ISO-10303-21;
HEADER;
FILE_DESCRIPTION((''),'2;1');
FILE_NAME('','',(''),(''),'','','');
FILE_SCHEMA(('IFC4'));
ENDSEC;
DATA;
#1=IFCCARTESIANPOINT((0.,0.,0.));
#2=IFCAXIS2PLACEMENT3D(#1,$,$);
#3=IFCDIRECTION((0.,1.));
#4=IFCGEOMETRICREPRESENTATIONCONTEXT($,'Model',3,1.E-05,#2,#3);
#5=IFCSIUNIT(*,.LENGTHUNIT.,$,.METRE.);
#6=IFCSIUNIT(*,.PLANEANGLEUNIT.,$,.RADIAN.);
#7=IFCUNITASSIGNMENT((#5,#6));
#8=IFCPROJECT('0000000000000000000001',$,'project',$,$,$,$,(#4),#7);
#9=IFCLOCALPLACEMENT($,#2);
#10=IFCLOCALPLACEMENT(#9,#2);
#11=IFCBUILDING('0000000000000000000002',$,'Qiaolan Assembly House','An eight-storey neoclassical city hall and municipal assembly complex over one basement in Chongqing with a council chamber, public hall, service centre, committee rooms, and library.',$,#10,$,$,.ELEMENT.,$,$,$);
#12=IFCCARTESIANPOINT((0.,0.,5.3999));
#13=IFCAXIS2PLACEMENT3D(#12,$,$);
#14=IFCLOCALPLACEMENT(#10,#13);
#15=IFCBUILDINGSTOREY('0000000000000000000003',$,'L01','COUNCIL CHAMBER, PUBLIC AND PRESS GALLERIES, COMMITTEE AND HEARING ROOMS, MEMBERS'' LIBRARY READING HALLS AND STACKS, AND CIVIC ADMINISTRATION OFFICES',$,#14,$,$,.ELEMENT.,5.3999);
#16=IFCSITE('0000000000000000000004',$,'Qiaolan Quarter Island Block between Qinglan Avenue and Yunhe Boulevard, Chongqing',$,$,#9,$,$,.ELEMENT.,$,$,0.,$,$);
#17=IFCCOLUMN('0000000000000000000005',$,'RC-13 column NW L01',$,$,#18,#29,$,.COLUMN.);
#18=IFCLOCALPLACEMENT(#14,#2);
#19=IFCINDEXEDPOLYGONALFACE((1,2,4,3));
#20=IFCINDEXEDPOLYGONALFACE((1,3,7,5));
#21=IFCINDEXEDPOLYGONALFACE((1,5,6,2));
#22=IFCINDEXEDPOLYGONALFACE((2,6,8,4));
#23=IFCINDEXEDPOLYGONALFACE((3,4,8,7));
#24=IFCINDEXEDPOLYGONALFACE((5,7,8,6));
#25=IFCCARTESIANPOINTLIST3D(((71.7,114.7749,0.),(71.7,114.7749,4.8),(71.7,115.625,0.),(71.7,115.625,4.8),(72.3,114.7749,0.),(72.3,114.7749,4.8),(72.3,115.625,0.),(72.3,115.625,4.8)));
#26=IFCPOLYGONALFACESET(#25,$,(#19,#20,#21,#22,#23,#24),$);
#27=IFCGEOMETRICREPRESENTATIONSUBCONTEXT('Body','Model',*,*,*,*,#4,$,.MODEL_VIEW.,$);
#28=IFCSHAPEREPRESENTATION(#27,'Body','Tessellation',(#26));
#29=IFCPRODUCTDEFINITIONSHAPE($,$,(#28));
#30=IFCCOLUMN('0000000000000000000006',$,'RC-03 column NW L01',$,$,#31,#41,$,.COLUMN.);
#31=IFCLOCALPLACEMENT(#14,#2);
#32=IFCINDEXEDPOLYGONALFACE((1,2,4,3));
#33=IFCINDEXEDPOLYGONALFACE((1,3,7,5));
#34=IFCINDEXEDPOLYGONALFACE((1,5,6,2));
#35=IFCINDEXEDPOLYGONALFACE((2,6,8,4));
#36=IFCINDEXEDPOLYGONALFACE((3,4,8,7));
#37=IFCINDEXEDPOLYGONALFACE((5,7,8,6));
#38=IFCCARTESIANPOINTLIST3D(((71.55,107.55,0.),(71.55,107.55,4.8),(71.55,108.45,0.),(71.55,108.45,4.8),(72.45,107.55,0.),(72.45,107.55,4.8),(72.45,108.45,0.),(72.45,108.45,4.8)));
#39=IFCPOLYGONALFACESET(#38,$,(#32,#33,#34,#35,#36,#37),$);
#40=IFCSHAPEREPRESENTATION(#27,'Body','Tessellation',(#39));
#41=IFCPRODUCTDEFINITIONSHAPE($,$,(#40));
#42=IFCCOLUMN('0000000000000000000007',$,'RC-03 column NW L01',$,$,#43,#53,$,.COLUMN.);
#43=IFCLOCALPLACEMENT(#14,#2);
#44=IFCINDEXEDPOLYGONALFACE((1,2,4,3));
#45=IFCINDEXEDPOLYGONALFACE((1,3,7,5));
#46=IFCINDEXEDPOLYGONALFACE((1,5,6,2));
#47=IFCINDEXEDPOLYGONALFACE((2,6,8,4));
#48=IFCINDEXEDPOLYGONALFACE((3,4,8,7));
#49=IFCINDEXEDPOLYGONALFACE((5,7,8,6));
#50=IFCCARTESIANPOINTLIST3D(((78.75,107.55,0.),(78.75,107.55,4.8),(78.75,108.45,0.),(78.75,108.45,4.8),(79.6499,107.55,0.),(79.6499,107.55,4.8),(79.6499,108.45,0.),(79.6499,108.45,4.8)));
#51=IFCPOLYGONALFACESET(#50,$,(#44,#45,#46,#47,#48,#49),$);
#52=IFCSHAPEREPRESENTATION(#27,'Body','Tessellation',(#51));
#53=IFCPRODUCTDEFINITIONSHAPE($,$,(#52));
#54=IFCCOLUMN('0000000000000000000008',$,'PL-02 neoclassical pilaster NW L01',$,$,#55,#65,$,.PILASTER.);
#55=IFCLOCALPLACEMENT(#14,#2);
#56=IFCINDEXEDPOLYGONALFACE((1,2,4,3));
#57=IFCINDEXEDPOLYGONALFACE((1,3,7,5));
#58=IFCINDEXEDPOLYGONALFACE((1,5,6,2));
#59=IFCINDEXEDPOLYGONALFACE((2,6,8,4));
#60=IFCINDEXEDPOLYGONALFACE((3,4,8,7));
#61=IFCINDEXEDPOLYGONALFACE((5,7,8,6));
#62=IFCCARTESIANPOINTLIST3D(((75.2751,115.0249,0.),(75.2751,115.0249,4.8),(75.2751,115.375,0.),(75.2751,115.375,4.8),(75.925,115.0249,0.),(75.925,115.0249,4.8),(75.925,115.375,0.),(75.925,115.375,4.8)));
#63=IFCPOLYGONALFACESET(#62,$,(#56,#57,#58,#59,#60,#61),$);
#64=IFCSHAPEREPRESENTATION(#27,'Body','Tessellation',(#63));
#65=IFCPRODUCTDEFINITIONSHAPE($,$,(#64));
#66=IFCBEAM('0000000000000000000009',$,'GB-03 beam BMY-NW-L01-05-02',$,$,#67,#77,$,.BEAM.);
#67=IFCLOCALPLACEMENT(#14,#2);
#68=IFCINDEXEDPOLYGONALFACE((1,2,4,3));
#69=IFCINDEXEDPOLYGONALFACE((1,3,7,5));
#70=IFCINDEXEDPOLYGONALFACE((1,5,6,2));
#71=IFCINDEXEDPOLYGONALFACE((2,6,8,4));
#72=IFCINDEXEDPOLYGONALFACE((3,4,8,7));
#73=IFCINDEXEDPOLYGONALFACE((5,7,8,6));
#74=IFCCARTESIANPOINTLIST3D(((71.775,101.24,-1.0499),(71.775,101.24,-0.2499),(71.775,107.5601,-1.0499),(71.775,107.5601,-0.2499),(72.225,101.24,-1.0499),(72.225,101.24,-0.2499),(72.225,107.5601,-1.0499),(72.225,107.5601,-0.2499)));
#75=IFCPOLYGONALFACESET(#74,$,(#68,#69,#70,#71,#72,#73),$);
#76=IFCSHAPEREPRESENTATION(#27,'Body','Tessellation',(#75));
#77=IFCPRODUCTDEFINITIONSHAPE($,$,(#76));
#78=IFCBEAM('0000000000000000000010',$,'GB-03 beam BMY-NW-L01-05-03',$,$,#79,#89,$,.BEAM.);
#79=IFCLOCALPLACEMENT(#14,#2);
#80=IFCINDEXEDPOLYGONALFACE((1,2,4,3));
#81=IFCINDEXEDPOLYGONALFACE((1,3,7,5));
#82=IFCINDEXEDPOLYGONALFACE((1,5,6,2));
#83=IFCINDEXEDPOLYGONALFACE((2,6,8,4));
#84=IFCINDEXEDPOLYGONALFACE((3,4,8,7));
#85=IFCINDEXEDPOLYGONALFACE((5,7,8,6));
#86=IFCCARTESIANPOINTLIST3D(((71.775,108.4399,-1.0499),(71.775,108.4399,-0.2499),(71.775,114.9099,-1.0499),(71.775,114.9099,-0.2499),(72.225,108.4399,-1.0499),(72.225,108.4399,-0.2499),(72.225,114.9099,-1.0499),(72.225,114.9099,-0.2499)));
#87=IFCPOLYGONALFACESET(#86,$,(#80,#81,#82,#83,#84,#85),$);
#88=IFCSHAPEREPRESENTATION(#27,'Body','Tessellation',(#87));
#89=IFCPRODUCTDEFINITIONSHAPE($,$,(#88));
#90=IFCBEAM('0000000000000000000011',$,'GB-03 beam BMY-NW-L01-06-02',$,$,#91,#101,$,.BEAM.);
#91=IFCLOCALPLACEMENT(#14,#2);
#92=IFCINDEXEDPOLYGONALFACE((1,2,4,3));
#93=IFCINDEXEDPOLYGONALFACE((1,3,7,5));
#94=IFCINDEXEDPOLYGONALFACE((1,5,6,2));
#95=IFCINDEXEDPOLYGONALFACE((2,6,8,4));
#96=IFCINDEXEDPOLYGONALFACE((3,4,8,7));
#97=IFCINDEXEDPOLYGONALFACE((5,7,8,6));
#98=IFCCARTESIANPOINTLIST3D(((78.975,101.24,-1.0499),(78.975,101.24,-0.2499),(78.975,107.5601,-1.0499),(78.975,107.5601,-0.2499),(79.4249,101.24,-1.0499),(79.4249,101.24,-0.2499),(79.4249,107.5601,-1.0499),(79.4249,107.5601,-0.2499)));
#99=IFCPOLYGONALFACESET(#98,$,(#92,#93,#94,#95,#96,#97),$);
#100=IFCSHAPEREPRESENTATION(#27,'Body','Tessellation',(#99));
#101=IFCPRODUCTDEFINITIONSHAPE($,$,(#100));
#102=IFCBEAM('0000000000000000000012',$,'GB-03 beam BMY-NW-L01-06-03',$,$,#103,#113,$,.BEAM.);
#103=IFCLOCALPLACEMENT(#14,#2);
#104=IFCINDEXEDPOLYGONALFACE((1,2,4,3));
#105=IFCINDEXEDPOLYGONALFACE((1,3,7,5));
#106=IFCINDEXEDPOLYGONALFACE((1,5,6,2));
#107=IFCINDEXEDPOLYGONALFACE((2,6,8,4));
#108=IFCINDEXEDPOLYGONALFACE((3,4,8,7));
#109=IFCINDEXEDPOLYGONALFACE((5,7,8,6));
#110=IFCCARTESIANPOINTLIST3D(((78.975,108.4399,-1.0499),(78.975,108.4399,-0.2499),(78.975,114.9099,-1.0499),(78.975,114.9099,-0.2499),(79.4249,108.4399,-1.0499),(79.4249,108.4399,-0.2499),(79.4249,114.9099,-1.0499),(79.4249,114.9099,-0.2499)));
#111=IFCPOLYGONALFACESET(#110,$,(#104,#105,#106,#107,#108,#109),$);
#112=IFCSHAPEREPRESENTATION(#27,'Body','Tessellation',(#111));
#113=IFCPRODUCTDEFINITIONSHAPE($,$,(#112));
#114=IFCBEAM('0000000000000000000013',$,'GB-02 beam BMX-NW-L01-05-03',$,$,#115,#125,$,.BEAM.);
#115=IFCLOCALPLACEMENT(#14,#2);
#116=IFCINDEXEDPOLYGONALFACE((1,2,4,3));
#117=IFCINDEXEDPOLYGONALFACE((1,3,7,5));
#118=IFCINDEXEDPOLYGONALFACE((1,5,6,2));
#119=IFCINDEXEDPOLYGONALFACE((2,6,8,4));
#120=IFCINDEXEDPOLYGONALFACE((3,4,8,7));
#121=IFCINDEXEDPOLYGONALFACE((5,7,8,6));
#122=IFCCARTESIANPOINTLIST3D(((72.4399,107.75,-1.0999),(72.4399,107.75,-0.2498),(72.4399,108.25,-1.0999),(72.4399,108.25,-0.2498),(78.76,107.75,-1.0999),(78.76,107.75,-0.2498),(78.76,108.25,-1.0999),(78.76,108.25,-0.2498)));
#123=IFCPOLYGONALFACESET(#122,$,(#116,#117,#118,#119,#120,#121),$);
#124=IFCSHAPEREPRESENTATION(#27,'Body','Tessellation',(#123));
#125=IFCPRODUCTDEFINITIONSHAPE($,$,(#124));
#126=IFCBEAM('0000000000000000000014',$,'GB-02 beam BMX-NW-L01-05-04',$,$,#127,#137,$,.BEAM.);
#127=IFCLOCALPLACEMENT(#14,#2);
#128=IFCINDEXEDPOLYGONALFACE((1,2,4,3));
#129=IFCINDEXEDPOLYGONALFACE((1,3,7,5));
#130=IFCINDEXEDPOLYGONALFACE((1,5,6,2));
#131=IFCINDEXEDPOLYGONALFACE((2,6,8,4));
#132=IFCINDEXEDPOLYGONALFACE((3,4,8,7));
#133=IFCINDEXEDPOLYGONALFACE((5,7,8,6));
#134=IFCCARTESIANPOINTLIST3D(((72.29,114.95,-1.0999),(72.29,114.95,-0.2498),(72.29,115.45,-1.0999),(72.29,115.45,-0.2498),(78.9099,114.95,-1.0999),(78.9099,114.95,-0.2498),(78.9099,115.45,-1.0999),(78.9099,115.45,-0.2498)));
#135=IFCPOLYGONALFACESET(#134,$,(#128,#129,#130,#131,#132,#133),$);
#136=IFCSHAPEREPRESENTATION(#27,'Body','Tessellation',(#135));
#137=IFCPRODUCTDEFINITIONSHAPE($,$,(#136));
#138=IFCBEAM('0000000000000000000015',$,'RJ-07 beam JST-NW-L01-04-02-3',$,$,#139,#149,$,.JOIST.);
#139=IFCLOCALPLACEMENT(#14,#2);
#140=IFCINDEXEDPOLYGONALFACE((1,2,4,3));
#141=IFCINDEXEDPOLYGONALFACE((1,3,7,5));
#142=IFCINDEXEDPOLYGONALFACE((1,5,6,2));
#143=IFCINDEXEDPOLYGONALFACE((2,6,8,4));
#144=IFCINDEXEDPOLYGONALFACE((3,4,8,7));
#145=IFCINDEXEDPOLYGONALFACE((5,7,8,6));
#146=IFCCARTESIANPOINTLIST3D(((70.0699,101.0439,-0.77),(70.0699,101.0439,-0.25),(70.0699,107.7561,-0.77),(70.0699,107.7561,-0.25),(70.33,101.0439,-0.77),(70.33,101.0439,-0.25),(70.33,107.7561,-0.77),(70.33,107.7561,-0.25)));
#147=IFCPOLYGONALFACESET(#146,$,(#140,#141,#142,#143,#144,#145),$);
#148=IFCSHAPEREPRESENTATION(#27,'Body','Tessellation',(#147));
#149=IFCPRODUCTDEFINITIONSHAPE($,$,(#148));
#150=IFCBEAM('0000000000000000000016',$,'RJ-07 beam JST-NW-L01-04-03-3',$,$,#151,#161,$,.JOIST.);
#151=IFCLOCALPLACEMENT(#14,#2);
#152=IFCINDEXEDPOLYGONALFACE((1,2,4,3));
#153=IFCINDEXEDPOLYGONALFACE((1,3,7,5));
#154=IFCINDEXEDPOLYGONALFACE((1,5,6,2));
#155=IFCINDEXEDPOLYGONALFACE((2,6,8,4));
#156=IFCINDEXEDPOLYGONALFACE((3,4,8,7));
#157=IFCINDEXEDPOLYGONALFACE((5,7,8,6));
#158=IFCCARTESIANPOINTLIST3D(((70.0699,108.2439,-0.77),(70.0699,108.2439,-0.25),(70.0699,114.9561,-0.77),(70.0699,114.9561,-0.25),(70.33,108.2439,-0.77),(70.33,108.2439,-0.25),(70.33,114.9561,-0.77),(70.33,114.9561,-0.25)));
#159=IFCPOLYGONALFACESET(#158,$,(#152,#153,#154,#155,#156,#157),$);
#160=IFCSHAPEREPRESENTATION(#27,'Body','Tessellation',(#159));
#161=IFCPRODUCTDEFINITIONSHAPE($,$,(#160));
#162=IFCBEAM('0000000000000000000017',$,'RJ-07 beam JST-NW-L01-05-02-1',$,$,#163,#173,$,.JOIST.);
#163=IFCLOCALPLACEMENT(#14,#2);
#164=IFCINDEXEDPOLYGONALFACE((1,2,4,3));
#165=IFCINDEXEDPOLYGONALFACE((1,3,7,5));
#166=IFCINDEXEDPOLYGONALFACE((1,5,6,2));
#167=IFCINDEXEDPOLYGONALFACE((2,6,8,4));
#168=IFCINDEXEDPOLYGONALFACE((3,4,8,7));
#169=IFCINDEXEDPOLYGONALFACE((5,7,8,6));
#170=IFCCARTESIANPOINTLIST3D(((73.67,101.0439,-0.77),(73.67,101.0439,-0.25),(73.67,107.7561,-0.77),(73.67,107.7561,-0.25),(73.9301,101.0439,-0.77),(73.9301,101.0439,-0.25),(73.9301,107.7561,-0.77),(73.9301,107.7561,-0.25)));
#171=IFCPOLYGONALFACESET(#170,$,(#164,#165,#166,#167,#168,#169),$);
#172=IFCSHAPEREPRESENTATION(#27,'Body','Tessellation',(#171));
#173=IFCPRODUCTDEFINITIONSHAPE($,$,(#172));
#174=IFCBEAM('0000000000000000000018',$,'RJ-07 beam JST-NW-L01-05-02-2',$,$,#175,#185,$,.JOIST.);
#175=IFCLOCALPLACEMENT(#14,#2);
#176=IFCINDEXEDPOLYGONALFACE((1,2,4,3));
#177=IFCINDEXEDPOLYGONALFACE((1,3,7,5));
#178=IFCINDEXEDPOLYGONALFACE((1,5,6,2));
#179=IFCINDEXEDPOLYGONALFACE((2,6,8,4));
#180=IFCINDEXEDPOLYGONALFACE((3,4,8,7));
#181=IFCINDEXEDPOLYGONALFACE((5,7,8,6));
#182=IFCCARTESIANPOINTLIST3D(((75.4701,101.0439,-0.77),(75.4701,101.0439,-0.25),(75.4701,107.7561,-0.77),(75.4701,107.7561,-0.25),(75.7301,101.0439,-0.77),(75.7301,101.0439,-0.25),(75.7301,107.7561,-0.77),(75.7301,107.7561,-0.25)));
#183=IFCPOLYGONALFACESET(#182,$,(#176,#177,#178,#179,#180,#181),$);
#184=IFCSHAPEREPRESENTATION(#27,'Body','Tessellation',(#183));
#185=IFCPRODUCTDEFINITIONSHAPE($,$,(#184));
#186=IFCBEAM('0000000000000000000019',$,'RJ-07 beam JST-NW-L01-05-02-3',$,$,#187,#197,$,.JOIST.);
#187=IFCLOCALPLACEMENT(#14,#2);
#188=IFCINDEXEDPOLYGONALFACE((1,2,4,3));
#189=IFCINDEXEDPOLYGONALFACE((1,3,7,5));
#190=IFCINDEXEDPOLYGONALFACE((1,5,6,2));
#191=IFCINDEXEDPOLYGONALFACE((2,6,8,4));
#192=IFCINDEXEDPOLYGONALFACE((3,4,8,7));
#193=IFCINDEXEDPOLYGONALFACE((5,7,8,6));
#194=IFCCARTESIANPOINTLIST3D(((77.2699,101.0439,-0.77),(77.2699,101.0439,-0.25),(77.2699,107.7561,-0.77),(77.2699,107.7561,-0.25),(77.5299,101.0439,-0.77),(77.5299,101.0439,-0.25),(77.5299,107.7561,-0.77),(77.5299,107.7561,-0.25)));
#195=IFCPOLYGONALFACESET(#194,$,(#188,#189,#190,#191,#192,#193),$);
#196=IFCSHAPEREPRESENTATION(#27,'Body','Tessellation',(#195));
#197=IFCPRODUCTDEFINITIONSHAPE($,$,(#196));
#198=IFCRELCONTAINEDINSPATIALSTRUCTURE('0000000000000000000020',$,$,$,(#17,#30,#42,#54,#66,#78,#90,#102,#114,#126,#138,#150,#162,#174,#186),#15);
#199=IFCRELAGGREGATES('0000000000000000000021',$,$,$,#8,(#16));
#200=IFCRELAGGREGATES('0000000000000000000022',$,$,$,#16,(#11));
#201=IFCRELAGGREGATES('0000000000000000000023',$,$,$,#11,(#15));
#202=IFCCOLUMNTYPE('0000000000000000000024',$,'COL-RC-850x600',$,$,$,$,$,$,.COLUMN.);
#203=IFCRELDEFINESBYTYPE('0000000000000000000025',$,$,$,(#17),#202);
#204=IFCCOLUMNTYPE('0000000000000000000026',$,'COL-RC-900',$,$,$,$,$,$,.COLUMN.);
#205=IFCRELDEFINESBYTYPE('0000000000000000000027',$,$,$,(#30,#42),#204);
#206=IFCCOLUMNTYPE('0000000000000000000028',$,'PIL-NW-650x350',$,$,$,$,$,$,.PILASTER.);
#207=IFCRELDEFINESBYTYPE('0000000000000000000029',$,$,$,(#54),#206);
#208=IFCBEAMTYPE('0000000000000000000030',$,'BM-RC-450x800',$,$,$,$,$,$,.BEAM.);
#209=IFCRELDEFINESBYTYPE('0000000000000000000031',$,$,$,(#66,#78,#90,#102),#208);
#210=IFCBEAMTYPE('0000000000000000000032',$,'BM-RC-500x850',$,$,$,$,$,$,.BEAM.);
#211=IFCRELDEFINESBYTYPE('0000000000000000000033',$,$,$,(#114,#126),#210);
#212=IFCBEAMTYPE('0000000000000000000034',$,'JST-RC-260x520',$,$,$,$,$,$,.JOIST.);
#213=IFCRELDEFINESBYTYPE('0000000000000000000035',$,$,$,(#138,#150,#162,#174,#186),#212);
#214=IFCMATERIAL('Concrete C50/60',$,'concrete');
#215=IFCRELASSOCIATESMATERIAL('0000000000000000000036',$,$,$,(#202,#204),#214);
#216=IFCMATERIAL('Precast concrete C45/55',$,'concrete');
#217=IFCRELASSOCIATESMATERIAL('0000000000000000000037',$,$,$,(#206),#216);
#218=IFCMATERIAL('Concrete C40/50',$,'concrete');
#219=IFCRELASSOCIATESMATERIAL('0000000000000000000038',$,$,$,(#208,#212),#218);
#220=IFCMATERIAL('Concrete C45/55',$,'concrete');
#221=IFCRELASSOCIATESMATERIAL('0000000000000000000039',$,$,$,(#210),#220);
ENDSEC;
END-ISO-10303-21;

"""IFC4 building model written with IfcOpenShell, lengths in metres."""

from ifc_helpers import new_model, si_unit, direction, frame, origin, origin_2d, place, context, subcontext, project, spatial, rectangle, extrude, material, material_profile, profile_set, type_object, element, save


model = new_model("IFC4")

# Units and contexts
model_context = context("Model", 3, precision=1e-05, world=origin(), true_north=direction((0.0, 1.0)))
body_context = subcontext(model_context, "Body", "Model", "MODEL_VIEW")
ifc_project = project(units=[si_unit("LENGTHUNIT", "METRE"), si_unit("PLANEANGLEUNIT", "RADIAN")], contexts=[model_context])

# Site, building, storey
site_placement = place(None, origin())
site = spatial("IfcSite", under=ifc_project, at=site_placement, Name="Qiaolan Quarter Island Block between Qinglan Avenue and Yunhe Boulevard, Chongqing", CompositionType="ELEMENT", RefElevation=0.0)
building_placement = place(site_placement, origin())
building = spatial("IfcBuilding", under=site, at=building_placement, Name="Qiaolan Assembly House", Description="An eight-storey neoclassical city hall and municipal assembly complex over one basement in Chongqing with a council chamber, public hall, service centre, committee rooms, and library.", CompositionType="ELEMENT")
storey_placement = place(building_placement, frame((0.0, 0.0, 5.3999)))
storey = spatial("IfcBuildingStorey", under=building, at=storey_placement, Name="L01", Description="COUNCIL CHAMBER, PUBLIC AND PRESS GALLERIES, COMMITTEE AND HEARING ROOMS, MEMBERS' LIBRARY READING HALLS AND STACKS, AND CIVIC ADMINISTRATION OFFICES", CompositionType="ELEMENT", Elevation=5.3999)

# Columns
ifc_material_1 = material(Name="Concrete C50/60", Category="concrete")
ifc_material_profile_1 = material_profile(ifc_material_1, rectangle(XDim=0.6001, YDim=0.8501, at=origin_2d()), Name="RC 850x600")
ifc_profile_set_1 = profile_set([ifc_material_profile_1], Name="Concrete C50/60")
column_type_1 = type_object("IfcColumnType", Name="COL-RC-850x600", PredefinedType="COLUMN", material=ifc_profile_set_1)
column_1_placement = place(storey_placement, frame((72.0, 115.2, 0.0), z_axis=(0.0, 0.0, 1.0), x_axis=(1.0, 0.0, 0.0)))
element("IfcColumn", 1, at=column_1_placement, inside=storey, type_object=column_type_1, Name="RC-13 column NW L01", PredefinedType="COLUMN", context=body_context, shape_type="SweptSolid", body=[
    extrude(rectangle(XDim=0.6001, YDim=0.8501, at=origin_2d()), origin(), (0.0, 0.0, 1.0), 4.8),
])
ifc_material_profile_2 = material_profile(ifc_material_1, rectangle(XDim=0.8999, YDim=0.8999, at=origin_2d()), Name="RC 900x900")
ifc_profile_set_2 = profile_set([ifc_material_profile_2], Name="Concrete C50/60")
column_type_2 = type_object("IfcColumnType", Name="COL-RC-900", PredefinedType="COLUMN", material=ifc_profile_set_2)
for number, where, z_axis, x_axis, name in (
    (2, (72.0, 108.0, 0.0), (0.0, 0.0, 1.0), (1.0, 0.0, 0.0), "RC-03 column NW L01"),
    (3, (79.2, 108.0, 0.0), (0.0, 0.0, 1.0), (1.0, 0.0, 0.0), "RC-03 column NW L01"),
):
    element("IfcColumn", number, at=place(storey_placement, frame(where, z_axis=z_axis, x_axis=x_axis)), inside=storey, type_object=column_type_2, Name=name, PredefinedType="COLUMN", context=body_context, shape_type="SweptSolid", body=[
        extrude(rectangle(XDim=0.8999, YDim=0.8999, at=origin_2d()), origin(), (0.0, 0.0, 1.0), 4.8),
    ])
ifc_material_2 = material(Name="Precast concrete C45/55", Category="concrete")
ifc_material_profile_3 = material_profile(ifc_material_2, rectangle(XDim=0.6499, YDim=0.3501, at=origin_2d()), Name="PIL 650x350")
ifc_profile_set_3 = profile_set([ifc_material_profile_3], Name="Precast concrete C45/55")
column_type_3 = type_object("IfcColumnType", Name="PIL-NW-650x350", PredefinedType="PILASTER", material=ifc_profile_set_3)
column_2_placement = place(storey_placement, frame((75.6001, 115.2, 0.0), z_axis=(0.0, 0.0, 1.0), x_axis=(1.0, 0.0, 0.0)))
element("IfcColumn", 4, at=column_2_placement, inside=storey, type_object=column_type_3, Name="PL-02 neoclassical pilaster NW L01", PredefinedType="PILASTER", context=body_context, shape_type="SweptSolid", body=[
    extrude(rectangle(XDim=0.6499, YDim=0.3501, at=origin_2d()), origin(), (0.0, 0.0, 1.0), 4.8),
])

# Beams
ifc_material_3 = material(Name="Concrete C40/50", Category="concrete")
ifc_material_profile_4 = material_profile(ifc_material_3, rectangle(XDim=0.45, YDim=0.8, at=origin_2d()), Name="RCB 450x800")
ifc_profile_set_4 = profile_set([ifc_material_profile_4], Name="Concrete C40/50")
beam_type_1 = type_object("IfcBeamType", Name="BM-RC-450x800", PredefinedType="BEAM", material=ifc_profile_set_4)
beam_1_placement = place(storey_placement, frame((72.0, 101.24, -0.6499), z_axis=(0.0, 1.0, 0.0), x_axis=(-1.0, 0.0, 0.0)))
element("IfcBeam", 5, at=beam_1_placement, inside=storey, type_object=beam_type_1, Name="GB-03 beam BMY-NW-L01-05-02", PredefinedType="BEAM", context=body_context, shape_type="SweptSolid", body=[
    extrude(rectangle(XDim=0.45, YDim=0.8, at=origin_2d()), origin(), (0.0, 0.0, 1.0), 6.3201),
])
beam_2_placement = place(storey_placement, frame((72.0, 108.4399, -0.6499), z_axis=(0.0, 1.0, 0.0), x_axis=(-1.0, 0.0, 0.0)))
element("IfcBeam", 6, at=beam_2_placement, inside=storey, type_object=beam_type_1, Name="GB-03 beam BMY-NW-L01-05-03", PredefinedType="BEAM", context=body_context, shape_type="SweptSolid", body=[
    extrude(rectangle(XDim=0.45, YDim=0.8, at=origin_2d()), origin(), (0.0, 0.0, 1.0), 6.47),
])
beam_3_placement = place(storey_placement, frame((79.2, 101.24, -0.6499), z_axis=(0.0, 1.0, 0.0), x_axis=(-1.0, 0.0, 0.0)))
element("IfcBeam", 7, at=beam_3_placement, inside=storey, type_object=beam_type_1, Name="GB-03 beam BMY-NW-L01-06-02", PredefinedType="BEAM", context=body_context, shape_type="SweptSolid", body=[
    extrude(rectangle(XDim=0.45, YDim=0.8, at=origin_2d()), origin(), (0.0, 0.0, 1.0), 6.3201),
])
beam_4_placement = place(storey_placement, frame((79.2, 108.4399, -0.6499), z_axis=(0.0, 1.0, 0.0), x_axis=(-1.0, 0.0, 0.0)))
element("IfcBeam", 8, at=beam_4_placement, inside=storey, type_object=beam_type_1, Name="GB-03 beam BMY-NW-L01-06-03", PredefinedType="BEAM", context=body_context, shape_type="SweptSolid", body=[
    extrude(rectangle(XDim=0.45, YDim=0.8, at=origin_2d()), origin(), (0.0, 0.0, 1.0), 6.47),
])
ifc_material_4 = material(Name="Concrete C45/55", Category="concrete")
ifc_material_profile_5 = material_profile(ifc_material_4, rectangle(XDim=0.5, YDim=0.8501, at=origin_2d()), Name="RCB 500x850")
ifc_profile_set_5 = profile_set([ifc_material_profile_5], Name="Concrete C45/55")
beam_type_2 = type_object("IfcBeamType", Name="BM-RC-500x850", PredefinedType="BEAM", material=ifc_profile_set_5)
beam_5_placement = place(storey_placement, frame((72.4399, 108.0, -0.6748), z_axis=(1.0, 0.0, 0.0), x_axis=(0.0, 1.0, 0.0)))
element("IfcBeam", 9, at=beam_5_placement, inside=storey, type_object=beam_type_2, Name="GB-02 beam BMX-NW-L01-05-03", PredefinedType="BEAM", context=body_context, shape_type="SweptSolid", body=[
    extrude(rectangle(XDim=0.5, YDim=0.8501, at=origin_2d()), origin(), (0.0, 0.0, 1.0), 6.3201),
])
beam_6_placement = place(storey_placement, frame((72.29, 115.2, -0.6748), z_axis=(1.0, 0.0, 0.0), x_axis=(0.0, 1.0, 0.0)))
element("IfcBeam", 10, at=beam_6_placement, inside=storey, type_object=beam_type_2, Name="GB-02 beam BMX-NW-L01-05-04", PredefinedType="BEAM", context=body_context, shape_type="SweptSolid", body=[
    extrude(rectangle(XDim=0.5, YDim=0.8501, at=origin_2d()), origin(), (0.0, 0.0, 1.0), 6.6199),
])
ifc_material_profile_6 = material_profile(ifc_material_3, rectangle(XDim=0.26, YDim=0.52, at=origin_2d()), Name="RCB 260x520")
ifc_profile_set_6 = profile_set([ifc_material_profile_6], Name="Concrete C40/50")
beam_type_3 = type_object("IfcBeamType", Name="JST-RC-260x520", PredefinedType="JOIST", material=ifc_profile_set_6)
for number, where, z_axis, x_axis, name in (
    (11, (70.2, 101.0439, -0.51), (0.0, 1.0, 0.0), (-1.0, 0.0, 0.0), "RJ-07 beam JST-NW-L01-04-02-3"),
    (12, (70.2, 108.2439, -0.51), (0.0, 1.0, 0.0), (-1.0, 0.0, 0.0), "RJ-07 beam JST-NW-L01-04-03-3"),
    (13, (73.8, 101.0439, -0.51), (0.0, 1.0, 0.0), (-1.0, 0.0, 0.0), "RJ-07 beam JST-NW-L01-05-02-1"),
    (14, (75.6001, 101.0439, -0.51), (0.0, 1.0, 0.0), (-1.0, 0.0, 0.0), "RJ-07 beam JST-NW-L01-05-02-2"),
    (15, (77.3999, 101.0439, -0.51), (0.0, 1.0, 0.0), (-1.0, 0.0, 0.0), "RJ-07 beam JST-NW-L01-05-02-3"),
):
    element("IfcBeam", number, at=place(storey_placement, frame(where, z_axis=z_axis, x_axis=x_axis)), inside=storey, type_object=beam_type_3, Name=name, PredefinedType="JOIST", context=body_context, shape_type="SweptSolid", body=[
        extrude(rectangle(XDim=0.26, YDim=0.52, at=origin_2d()), origin(), (0.0, 0.0, 1.0), 6.7122),
    ])

save(model, "model.ifc")
